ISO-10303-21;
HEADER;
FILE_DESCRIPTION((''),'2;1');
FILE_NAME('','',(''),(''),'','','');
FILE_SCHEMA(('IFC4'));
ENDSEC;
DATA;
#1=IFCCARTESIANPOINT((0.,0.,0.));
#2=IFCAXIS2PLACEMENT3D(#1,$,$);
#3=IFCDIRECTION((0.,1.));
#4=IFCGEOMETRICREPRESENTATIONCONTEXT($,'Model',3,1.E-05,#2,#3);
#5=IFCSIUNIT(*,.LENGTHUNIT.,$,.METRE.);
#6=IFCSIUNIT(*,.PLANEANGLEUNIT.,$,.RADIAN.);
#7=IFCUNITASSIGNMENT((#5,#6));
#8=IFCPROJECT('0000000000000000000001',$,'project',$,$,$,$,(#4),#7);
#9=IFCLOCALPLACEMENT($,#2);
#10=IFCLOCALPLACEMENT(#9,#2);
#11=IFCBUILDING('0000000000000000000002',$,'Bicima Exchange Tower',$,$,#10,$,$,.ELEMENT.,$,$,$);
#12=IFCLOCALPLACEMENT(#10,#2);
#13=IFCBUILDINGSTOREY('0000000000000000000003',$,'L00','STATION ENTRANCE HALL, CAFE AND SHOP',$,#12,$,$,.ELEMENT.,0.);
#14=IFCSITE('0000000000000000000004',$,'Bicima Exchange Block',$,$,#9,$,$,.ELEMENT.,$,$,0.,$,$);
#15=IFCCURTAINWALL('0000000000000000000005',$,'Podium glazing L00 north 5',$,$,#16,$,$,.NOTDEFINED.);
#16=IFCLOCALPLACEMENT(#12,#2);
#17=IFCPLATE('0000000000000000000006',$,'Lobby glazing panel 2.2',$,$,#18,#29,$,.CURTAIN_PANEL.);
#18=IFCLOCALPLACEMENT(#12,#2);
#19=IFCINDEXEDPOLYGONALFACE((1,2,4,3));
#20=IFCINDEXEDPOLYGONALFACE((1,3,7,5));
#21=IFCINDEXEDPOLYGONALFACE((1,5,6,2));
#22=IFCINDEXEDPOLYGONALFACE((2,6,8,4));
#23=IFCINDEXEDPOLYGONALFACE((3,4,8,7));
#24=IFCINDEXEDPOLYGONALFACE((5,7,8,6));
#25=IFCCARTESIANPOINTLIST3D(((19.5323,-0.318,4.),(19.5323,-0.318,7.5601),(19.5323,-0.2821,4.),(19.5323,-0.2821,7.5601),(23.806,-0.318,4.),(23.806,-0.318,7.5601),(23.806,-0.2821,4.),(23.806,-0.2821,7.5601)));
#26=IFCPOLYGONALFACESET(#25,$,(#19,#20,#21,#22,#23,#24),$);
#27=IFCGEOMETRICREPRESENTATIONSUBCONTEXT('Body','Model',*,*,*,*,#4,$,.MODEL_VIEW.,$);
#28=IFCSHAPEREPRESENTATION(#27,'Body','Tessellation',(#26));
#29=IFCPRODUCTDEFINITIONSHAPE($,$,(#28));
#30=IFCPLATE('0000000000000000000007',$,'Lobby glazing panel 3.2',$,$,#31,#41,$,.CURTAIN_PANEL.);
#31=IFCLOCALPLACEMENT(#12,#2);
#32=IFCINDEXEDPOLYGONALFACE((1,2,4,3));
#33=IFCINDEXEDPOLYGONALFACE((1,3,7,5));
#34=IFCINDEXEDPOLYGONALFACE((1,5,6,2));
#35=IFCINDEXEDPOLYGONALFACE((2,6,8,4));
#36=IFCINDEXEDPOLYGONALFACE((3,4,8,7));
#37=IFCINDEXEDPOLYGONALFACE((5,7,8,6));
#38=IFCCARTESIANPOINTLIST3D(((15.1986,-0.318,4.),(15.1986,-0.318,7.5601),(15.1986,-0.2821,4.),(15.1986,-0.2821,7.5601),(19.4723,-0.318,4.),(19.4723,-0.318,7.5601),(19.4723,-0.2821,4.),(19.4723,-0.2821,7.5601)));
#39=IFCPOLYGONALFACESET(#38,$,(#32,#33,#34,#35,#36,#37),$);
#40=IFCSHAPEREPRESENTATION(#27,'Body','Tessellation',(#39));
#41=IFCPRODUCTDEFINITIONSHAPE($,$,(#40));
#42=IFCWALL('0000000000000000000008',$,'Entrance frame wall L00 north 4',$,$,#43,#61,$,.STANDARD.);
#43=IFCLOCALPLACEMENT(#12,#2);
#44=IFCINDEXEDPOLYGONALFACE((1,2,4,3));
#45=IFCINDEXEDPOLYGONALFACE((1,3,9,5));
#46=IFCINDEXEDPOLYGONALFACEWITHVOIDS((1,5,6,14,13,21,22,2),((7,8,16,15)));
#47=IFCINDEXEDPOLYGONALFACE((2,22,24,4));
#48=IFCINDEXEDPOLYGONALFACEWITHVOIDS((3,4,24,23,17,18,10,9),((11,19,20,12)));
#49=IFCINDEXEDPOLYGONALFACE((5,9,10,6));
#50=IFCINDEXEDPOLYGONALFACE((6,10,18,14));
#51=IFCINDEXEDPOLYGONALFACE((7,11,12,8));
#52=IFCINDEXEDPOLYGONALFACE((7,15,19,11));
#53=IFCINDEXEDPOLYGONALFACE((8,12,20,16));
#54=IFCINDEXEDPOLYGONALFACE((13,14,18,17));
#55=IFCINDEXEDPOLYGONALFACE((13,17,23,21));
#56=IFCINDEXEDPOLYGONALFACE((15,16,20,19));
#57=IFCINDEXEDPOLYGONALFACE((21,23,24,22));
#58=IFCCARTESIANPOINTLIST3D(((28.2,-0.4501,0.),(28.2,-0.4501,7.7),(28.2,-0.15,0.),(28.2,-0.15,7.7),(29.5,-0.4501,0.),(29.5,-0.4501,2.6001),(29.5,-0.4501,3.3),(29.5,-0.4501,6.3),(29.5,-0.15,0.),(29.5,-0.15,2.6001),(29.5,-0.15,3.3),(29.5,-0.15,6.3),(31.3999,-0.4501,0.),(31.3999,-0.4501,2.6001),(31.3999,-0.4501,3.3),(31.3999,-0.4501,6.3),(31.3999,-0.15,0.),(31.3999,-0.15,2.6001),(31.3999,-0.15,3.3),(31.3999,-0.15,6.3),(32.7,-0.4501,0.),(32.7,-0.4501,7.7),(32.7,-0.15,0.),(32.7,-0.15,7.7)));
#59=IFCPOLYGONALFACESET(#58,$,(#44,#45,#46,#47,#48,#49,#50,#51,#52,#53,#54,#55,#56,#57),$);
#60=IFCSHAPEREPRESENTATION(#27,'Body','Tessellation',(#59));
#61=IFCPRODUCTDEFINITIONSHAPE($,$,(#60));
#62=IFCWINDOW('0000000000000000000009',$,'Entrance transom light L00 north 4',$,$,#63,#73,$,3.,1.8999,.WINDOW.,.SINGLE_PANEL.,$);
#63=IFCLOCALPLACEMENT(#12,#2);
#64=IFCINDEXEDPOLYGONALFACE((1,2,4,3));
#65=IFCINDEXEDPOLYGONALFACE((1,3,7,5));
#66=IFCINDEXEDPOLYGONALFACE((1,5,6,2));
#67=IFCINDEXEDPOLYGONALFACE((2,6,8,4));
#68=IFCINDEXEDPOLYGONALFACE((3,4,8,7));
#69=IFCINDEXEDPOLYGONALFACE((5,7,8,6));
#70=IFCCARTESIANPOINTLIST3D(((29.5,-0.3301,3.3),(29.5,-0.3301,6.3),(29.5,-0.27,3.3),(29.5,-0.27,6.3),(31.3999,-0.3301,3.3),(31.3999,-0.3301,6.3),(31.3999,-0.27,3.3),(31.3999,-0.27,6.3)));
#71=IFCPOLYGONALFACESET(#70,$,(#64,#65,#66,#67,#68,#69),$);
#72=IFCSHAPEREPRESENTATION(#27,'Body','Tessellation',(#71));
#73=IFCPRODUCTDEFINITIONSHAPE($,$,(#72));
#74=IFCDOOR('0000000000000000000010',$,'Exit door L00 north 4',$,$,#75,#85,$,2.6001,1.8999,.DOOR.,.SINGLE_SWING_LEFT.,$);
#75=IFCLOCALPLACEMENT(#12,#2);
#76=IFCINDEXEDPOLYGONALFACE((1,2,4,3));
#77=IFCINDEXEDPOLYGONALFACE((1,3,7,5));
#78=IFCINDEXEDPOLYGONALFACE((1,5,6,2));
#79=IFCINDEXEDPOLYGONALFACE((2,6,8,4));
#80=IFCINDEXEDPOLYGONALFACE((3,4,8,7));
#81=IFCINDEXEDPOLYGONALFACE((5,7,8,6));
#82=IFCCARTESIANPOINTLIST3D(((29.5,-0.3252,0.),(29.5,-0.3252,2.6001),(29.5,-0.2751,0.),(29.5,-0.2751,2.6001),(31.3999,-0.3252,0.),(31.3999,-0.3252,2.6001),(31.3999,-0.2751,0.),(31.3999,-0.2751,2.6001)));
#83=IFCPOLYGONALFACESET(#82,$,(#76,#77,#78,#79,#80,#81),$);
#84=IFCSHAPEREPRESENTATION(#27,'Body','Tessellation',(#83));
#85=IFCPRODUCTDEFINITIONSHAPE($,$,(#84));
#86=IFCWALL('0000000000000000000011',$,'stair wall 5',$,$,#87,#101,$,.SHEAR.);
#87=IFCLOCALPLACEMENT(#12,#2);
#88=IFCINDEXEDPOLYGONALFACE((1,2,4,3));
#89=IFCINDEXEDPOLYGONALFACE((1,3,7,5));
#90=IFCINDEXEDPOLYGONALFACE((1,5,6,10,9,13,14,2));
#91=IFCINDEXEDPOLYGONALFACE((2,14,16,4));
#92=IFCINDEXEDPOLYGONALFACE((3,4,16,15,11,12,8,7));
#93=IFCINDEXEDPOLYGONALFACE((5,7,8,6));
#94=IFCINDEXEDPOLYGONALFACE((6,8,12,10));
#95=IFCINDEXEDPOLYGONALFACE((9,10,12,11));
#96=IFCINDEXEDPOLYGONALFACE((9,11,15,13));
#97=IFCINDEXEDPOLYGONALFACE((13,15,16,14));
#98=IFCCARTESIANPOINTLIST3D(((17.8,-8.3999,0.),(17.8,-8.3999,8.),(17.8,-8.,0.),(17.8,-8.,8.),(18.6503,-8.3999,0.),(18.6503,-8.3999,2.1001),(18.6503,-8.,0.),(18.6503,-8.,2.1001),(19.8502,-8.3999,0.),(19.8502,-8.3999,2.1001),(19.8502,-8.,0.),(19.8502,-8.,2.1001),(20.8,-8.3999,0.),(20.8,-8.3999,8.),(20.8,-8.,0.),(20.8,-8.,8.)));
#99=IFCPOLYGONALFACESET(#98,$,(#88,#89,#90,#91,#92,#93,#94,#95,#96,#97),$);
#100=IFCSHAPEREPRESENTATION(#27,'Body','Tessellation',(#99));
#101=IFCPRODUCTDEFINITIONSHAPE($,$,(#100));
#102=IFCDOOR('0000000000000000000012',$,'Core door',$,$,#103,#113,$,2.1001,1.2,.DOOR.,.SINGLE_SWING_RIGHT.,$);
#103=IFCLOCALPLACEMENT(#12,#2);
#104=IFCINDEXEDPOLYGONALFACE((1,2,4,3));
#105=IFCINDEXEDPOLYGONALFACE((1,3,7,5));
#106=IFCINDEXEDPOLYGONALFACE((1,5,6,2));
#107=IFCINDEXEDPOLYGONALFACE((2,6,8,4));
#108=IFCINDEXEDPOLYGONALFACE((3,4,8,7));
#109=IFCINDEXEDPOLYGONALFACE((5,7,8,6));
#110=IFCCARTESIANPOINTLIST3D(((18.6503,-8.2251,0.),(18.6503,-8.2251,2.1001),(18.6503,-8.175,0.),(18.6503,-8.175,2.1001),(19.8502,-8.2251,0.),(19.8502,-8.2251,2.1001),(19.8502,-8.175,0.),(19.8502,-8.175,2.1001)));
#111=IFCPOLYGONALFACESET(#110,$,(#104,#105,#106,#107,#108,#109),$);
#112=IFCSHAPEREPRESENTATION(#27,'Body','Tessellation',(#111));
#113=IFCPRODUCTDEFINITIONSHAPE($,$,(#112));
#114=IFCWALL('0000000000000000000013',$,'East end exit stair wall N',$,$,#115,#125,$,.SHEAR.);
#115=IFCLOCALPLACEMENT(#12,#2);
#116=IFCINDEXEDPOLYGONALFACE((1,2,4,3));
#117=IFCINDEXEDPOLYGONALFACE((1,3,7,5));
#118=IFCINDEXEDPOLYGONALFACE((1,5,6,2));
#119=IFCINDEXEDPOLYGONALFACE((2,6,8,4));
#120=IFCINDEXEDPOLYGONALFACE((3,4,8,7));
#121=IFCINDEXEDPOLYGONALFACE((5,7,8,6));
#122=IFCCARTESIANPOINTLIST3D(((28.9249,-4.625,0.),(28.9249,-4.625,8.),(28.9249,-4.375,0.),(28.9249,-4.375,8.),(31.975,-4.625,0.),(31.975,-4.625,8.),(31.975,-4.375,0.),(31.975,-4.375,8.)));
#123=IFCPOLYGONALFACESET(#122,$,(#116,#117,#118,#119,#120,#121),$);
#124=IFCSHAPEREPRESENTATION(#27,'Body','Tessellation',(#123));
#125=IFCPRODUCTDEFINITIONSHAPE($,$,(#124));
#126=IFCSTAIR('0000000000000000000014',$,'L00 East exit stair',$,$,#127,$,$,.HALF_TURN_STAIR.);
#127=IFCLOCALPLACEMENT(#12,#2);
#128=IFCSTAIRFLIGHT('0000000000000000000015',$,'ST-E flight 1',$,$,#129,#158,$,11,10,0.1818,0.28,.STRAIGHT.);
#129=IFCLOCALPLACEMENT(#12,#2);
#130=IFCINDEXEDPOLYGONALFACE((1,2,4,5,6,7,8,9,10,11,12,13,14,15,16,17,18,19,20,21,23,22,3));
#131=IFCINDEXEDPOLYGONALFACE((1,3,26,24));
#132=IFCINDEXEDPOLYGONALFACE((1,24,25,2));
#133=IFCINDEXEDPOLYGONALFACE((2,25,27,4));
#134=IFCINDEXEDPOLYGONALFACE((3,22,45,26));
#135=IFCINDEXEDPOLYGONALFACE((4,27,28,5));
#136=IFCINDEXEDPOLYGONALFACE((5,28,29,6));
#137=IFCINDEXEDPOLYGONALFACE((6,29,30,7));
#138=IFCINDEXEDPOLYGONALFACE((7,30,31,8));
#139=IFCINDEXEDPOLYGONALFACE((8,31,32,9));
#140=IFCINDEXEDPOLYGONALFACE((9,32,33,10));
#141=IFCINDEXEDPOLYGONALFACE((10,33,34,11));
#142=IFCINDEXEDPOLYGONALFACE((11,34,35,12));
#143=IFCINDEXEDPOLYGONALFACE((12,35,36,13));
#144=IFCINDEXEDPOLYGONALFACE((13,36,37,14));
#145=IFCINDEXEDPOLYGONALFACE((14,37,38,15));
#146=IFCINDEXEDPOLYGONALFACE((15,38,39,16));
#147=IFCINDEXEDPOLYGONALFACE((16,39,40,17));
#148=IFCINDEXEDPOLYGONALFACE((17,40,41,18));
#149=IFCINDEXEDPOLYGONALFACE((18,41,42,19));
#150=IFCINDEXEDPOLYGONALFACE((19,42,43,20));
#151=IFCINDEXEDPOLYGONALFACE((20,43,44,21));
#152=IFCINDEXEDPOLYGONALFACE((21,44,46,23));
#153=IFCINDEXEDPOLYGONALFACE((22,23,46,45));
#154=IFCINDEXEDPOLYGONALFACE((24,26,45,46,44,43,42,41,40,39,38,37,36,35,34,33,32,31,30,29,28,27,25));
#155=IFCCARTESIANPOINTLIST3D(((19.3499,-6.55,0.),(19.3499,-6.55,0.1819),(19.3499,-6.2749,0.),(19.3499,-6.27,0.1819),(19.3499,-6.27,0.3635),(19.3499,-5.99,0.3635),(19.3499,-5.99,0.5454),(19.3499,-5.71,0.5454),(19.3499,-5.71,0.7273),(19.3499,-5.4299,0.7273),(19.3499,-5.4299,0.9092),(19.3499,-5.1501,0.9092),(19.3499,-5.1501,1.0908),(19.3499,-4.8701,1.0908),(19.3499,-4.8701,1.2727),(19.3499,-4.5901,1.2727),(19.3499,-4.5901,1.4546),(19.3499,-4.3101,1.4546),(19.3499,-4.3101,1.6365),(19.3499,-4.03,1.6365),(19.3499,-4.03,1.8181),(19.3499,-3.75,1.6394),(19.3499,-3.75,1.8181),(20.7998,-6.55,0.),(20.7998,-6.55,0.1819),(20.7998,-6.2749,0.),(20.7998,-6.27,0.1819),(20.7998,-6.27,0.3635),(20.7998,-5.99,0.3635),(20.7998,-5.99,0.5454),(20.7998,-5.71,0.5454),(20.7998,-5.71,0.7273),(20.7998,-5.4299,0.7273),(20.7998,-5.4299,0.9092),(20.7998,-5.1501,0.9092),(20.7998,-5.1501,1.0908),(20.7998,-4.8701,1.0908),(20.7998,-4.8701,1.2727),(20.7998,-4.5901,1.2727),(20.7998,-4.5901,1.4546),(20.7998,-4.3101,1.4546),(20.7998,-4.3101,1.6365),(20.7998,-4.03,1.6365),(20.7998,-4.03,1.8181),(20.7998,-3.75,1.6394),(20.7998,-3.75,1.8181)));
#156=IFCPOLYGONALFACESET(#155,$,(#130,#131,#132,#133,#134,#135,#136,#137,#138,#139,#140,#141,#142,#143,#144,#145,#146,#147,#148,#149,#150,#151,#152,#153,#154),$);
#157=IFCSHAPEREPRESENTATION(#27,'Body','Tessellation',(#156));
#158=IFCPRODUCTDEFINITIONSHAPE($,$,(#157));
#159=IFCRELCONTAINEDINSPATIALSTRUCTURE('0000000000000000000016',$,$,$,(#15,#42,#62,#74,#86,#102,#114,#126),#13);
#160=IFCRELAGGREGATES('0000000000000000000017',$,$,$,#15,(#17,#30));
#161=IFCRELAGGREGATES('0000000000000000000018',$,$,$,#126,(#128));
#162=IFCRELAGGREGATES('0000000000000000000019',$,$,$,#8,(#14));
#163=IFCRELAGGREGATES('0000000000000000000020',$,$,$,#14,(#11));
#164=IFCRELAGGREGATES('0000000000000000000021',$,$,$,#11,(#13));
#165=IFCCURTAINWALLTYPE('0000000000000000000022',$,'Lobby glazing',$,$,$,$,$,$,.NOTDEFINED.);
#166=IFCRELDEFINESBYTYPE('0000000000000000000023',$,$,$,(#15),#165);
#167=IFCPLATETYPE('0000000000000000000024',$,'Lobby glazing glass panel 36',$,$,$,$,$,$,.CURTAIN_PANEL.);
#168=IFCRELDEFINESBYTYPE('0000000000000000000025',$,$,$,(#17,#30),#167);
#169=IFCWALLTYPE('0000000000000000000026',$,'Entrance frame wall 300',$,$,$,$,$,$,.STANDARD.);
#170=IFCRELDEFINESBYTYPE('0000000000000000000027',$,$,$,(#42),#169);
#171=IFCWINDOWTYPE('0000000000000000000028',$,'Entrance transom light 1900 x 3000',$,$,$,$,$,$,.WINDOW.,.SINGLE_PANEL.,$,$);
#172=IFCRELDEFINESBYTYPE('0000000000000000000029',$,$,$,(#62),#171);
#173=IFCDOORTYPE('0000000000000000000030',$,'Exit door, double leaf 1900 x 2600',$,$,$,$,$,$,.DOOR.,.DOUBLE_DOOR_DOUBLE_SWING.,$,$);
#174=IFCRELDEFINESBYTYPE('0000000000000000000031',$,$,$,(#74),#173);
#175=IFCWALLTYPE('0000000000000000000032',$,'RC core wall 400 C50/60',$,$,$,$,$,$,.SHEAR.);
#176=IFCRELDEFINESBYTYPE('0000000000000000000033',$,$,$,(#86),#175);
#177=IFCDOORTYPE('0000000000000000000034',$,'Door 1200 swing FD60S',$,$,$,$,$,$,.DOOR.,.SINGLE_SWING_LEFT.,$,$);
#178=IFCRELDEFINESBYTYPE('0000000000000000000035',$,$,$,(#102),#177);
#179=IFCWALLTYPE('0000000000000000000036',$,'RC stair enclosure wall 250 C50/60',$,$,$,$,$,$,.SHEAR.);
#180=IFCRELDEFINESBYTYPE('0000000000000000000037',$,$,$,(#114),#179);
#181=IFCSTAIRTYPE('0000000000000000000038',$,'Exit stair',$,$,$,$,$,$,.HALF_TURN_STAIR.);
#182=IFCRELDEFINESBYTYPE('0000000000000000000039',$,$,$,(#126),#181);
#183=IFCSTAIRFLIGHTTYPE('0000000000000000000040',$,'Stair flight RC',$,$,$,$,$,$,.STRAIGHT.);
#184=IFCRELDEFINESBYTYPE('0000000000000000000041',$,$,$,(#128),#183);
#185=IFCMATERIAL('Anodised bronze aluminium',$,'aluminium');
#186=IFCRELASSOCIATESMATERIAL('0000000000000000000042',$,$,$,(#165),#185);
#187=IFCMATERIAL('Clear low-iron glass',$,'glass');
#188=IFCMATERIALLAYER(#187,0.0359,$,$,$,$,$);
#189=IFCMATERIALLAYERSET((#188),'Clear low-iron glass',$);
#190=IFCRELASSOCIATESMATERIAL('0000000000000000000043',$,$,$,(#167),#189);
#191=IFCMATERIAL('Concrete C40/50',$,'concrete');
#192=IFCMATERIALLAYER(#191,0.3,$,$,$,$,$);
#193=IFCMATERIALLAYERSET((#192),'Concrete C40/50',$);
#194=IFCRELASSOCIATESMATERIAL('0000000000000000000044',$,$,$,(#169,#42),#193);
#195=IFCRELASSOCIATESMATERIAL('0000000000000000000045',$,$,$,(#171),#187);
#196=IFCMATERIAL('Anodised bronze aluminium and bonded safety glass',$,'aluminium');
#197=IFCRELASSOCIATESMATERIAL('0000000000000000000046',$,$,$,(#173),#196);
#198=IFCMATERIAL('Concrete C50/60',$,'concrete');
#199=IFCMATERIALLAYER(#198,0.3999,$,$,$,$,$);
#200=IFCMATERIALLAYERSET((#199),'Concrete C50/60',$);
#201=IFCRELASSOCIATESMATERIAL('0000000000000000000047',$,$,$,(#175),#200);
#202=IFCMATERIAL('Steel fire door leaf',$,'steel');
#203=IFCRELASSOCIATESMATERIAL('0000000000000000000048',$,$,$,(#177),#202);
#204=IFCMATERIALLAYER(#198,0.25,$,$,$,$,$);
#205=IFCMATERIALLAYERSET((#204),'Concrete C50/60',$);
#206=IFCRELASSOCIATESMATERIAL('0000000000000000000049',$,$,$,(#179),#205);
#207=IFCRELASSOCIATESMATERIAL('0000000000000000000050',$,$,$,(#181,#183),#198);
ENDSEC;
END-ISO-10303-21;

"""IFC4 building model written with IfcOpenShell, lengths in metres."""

from ifc_helpers import new_model, si_unit, direction, frame, frame_2d, origin, origin_2d, place, context, subcontext, project, spatial, polyline, rectangle, outline, extrude, material, layer, layer_set, layer_usage, type_object, element, fill, aggregate, save


model = new_model("IFC4")

# Units and contexts
model_context = context("Model", 3, precision=1e-05, world=origin(), true_north=direction((0.0, 1.0)))
body_context = subcontext(model_context, "Body", "Model", "MODEL_VIEW")
ifc_project = project(units=[si_unit("LENGTHUNIT", "METRE"), si_unit("PLANEANGLEUNIT", "RADIAN")], contexts=[model_context])

# Site, building, storey
site_placement = place(None, origin())
site = spatial("IfcSite", under=ifc_project, at=site_placement, Name="Bicima Exchange Block", CompositionType="ELEMENT", RefElevation=0.0)
building_placement = place(site_placement, origin())
building = spatial("IfcBuilding", under=site, at=building_placement, Name="Bicima Exchange Tower", CompositionType="ELEMENT")
storey_placement = place(building_placement, origin())
storey = spatial("IfcBuildingStorey", under=building, at=storey_placement, Name="L00", Description="STATION ENTRANCE HALL, CAFE AND SHOP", CompositionType="ELEMENT", Elevation=0.0)

# Curtain wall, plates
ifc_material_1 = material(Name="Anodised bronze aluminium", Category="aluminium")
curtain_wall_type = type_object("IfcCurtainWallType", Name="Lobby glazing", PredefinedType="NOTDEFINED", material=ifc_material_1)
curtain_wall_placement = place(storey_placement, origin())
curtain_wall = element("IfcCurtainWall", 1, at=curtain_wall_placement, inside=storey, type_object=curtain_wall_type, Name="Podium glazing L00 north 5", PredefinedType="NOTDEFINED")
ifc_material_2 = material(Name="Clear low-iron glass", Category="glass")
ifc_layer_1 = layer(ifc_material_2, 0.0359)
ifc_layer_set_1 = layer_set([ifc_layer_1], Name="Clear low-iron glass")
plate_type = type_object("IfcPlateType", Name="Lobby glazing glass panel 36", PredefinedType="CURTAIN_PANEL", material=ifc_layer_set_1)
plate_1_placement = place(storey_placement, frame((21.6692, -0.3, 4.0), z_axis=(0.0, 0.0, 1.0), x_axis=(-1.0, 0.0, 0.0)))
plate_1 = element("IfcPlate", 2, at=plate_1_placement, type_object=plate_type, Name="Lobby glazing panel 2.2", PredefinedType="CURTAIN_PANEL", context=body_context, shape_type="SweptSolid", body=[
    extrude(rectangle(XDim=4.2737, YDim=0.0359, at=origin_2d()), origin(), (0.0, 0.0, 1.0), 3.5601),
])
plate_2_placement = place(storey_placement, frame((17.3354, -0.3, 4.0), z_axis=(0.0, 0.0, 1.0), x_axis=(-1.0, 0.0, 0.0)))
plate_2 = element("IfcPlate", 3, at=plate_2_placement, type_object=plate_type, Name="Lobby glazing panel 3.2", PredefinedType="CURTAIN_PANEL", context=body_context, shape_type="SweptSolid", body=[
    extrude(rectangle(XDim=4.2737, YDim=0.0359, at=origin_2d()), origin(), (0.0, 0.0, 1.0), 3.5601),
])
aggregate(curtain_wall, [plate_1, plate_2])

# Wall, openings, window, door
ifc_material_3 = material(Name="Concrete C40/50", Category="concrete")
ifc_layer_2 = layer(ifc_material_3, 0.3)
ifc_layer_set_2 = layer_set([ifc_layer_2], Name="Concrete C40/50")
ifc_layer_usage = layer_usage(ifc_layer_set_2, "AXIS2", "POSITIVE", -0.15)
wall_type_1 = type_object("IfcWallType", Name="Entrance frame wall 300", PredefinedType="STANDARD", material=ifc_layer_set_2)
wall_1_placement = place(storey_placement, frame((28.2, -0.3, 0.0), z_axis=(0.0, 0.0, 1.0), x_axis=(1.0, 0.0, 0.0)))
wall_1 = element("IfcWall", 4, at=wall_1_placement, inside=storey, type_object=wall_type_1, material=ifc_layer_usage, Name="Entrance frame wall L00 north 4", PredefinedType="STANDARD", context=body_context, shape_type="SweptSolid", body=[
    extrude(rectangle(XDim=4.5, YDim=0.3, at=frame_2d((2.25, 0.0))), origin(), (0.0, 0.0, 1.0), 7.7),
])
opening_1_placement = place(wall_1_placement, frame((1.3, 0.0, 0.0)))
opening_1 = element("IfcOpeningElement", 5, at=opening_1_placement, cuts=wall_1, PredefinedType="OPENING", context=body_context, shape_type="SweptSolid", body=[
    extrude(rectangle(XDim=1.8999, YDim=2.6001, at=frame_2d((0.95, 1.3))), frame((0.0, 0.1621, 0.0), z_axis=(0.0, -1.0, 0.0), x_axis=(1.0, 0.0, 0.0)), (0.0, 0.0, 1.0), 0.324),
])
opening_2_placement = place(wall_1_placement, frame((1.3, 0.0, 3.3)))
opening_2 = element("IfcOpeningElement", 6, at=opening_2_placement, cuts=wall_1, PredefinedType="OPENING", context=body_context, shape_type="SweptSolid", body=[
    extrude(rectangle(XDim=1.8999, YDim=3.0, at=frame_2d((0.95, 1.5))), frame((0.0, 0.1621, 0.0), z_axis=(0.0, -1.0, 0.0), x_axis=(1.0, 0.0, 0.0)), (0.0, 0.0, 1.0), 0.324),
])
window_type = type_object("IfcWindowType", Name="Entrance transom light 1900 x 3000", PartitioningType="SINGLE_PANEL", PredefinedType="WINDOW", material=ifc_material_2)
window_placement = place(opening_2_placement, origin())
window = element("IfcWindow", 7, at=window_placement, inside=storey, type_object=window_type, Name="Entrance transom light L00 north 4", OverallHeight=3.0, OverallWidth=1.8999, PartitioningType="SINGLE_PANEL", PredefinedType="WINDOW", context=body_context, shape_type="SweptSolid", body=[
    extrude(rectangle(XDim=1.8999, YDim=3.0, at=frame_2d((0.95, 1.5))), frame((0.0, 0.03, 0.0), z_axis=(0.0, -1.0, 0.0), x_axis=(1.0, 0.0, 0.0)), (0.0, 0.0, 1.0), 0.0601),
])
fill(opening_2, window)
ifc_material_4 = material(Name="Anodised bronze aluminium and bonded safety glass", Category="aluminium")
door_type_1 = type_object("IfcDoorType", Name="Exit door, double leaf 1900 x 2600", OperationType="DOUBLE_DOOR_DOUBLE_SWING", PredefinedType="DOOR", material=ifc_material_4)
door_1_placement = place(opening_1_placement, origin())
door_1 = element("IfcDoor", 8, at=door_1_placement, inside=storey, type_object=door_type_1, Name="Exit door L00 north 4", OperationType="SINGLE_SWING_LEFT", OverallHeight=2.6001, OverallWidth=1.8999, PredefinedType="DOOR", context=body_context, shape_type="SweptSolid", body=[
    extrude(rectangle(XDim=1.8999, YDim=2.6001, at=frame_2d((0.95, 1.3))), frame((0.0, 0.0249, 0.0), z_axis=(0.0, -1.0, 0.0), x_axis=(1.0, 0.0, 0.0)), (0.0, 0.0, 1.0), 0.05),
])
fill(opening_1, door_1)

# Wall, opening, door
ifc_material_5 = material(Name="Concrete C50/60", Category="concrete")
ifc_layer_3 = layer(ifc_material_5, 0.3999)
ifc_layer_set_3 = layer_set([ifc_layer_3], Name="Concrete C50/60")
wall_type_2 = type_object("IfcWallType", Name="RC core wall 400 C50/60", PredefinedType="SHEAR", material=ifc_layer_set_3)
wall_2_placement = place(storey_placement, frame((17.8, -8.2, 0.0), z_axis=(0.0, 0.0, 1.0), x_axis=(1.0, 0.0, 0.0)))
wall_2 = element("IfcWall", 9, at=wall_2_placement, inside=storey, type_object=wall_type_2, Name="stair wall 5", PredefinedType="SHEAR", context=body_context, shape_type="SweptSolid", body=[
    extrude(rectangle(XDim=3.0, YDim=0.3999, at=frame_2d((1.5, 0.0))), origin(), (0.0, 0.0, 1.0), 8.0),
])
opening_3_placement = place(wall_2_placement, frame((0.8501, 0.0, 0.0)))
opening_3 = element("IfcOpeningElement", 10, at=opening_3_placement, cuts=wall_2, PredefinedType="OPENING", context=body_context, shape_type="SweptSolid", body=[
    extrude(rectangle(XDim=1.2, YDim=2.1001, at=frame_2d((0.6001, 1.05))), frame((0.0, 0.2119, 0.0), z_axis=(0.0, -1.0, 0.0), x_axis=(1.0, 0.0, 0.0)), (0.0, 0.0, 1.0), 0.4238),
])
ifc_material_6 = material(Name="Steel fire door leaf", Category="steel")
door_type_2 = type_object("IfcDoorType", Name="Door 1200 swing FD60S", OperationType="SINGLE_SWING_LEFT", PredefinedType="DOOR", material=ifc_material_6)
door_2_placement = place(opening_3_placement, origin())
door_2 = element("IfcDoor", 11, at=door_2_placement, inside=storey, type_object=door_type_2, Name="Core door", OperationType="SINGLE_SWING_RIGHT", OverallHeight=2.1001, OverallWidth=1.2, PredefinedType="DOOR", context=body_context, shape_type="SweptSolid", body=[
    extrude(rectangle(XDim=1.2, YDim=2.1001, at=frame_2d((0.6001, 1.05))), frame((0.0, 0.0249, 0.0), z_axis=(0.0, -1.0, 0.0), x_axis=(1.0, 0.0, 0.0)), (0.0, 0.0, 1.0), 0.05),
])
fill(opening_3, door_2)

# Wall
ifc_layer_4 = layer(ifc_material_5, 0.25)
ifc_layer_set_4 = layer_set([ifc_layer_4], Name="Concrete C50/60")
wall_type_3 = type_object("IfcWallType", Name="RC stair enclosure wall 250 C50/60", PredefinedType="SHEAR", material=ifc_layer_set_4)
wall_3_placement = place(storey_placement, frame((28.925, -4.5, 0.0), z_axis=(0.0, 0.0, 1.0), x_axis=(1.0, 0.0, 0.0)))
element("IfcWall", 12, at=wall_3_placement, inside=storey, type_object=wall_type_3, Name="East end exit stair wall N", PredefinedType="SHEAR", context=body_context, shape_type="SweptSolid", body=[
    extrude(rectangle(XDim=3.05, YDim=0.25, at=frame_2d((1.5249, 0.0))), origin(), (0.0, 0.0, 1.0), 8.0),
])

# Stair, stair flight
stair_type = type_object("IfcStairType", Name="Exit stair", PredefinedType="HALF_TURN_STAIR", material=ifc_material_5)
stair_placement = place(storey_placement, origin())
stair = element("IfcStair", 13, at=stair_placement, inside=storey, type_object=stair_type, Name="L00 East exit stair", PredefinedType="HALF_TURN_STAIR")
stair_flight_type = type_object("IfcStairFlightType", Name="Stair flight RC", PredefinedType="STRAIGHT", material=ifc_material_5)
stair_flight_1_placement = place(storey_placement, frame((20.075, -6.55, 0.0), z_axis=(0.0, 0.0, 1.0), x_axis=(0.0, 1.0, 0.0)))
stair_flight_1 = element("IfcStairFlight", 14, at=stair_flight_1_placement, type_object=stair_flight_type, Name="ST-E flight 1", NumberOfRisers=11, NumberOfTreads=10, PredefinedType="STRAIGHT", RiserHeight=0.1818, TreadLength=0.28, context=body_context, shape_type="SweptSolid", body=[
    extrude(outline(polyline([(0.0, 0.0), (0.0, 0.1819), (0.28, 0.1819), (0.28, 0.3635), (0.5601, 0.3635), (0.5601, 0.5454), (0.8401, 0.5454), (0.8401, 0.7273), (1.1201, 0.7273), (1.1201, 0.9092), (1.3999, 0.9092), (1.3999, 1.0908), (1.6799, 1.0908), (1.6799, 1.2727), (1.96, 1.2727), (1.96, 1.4546), (2.24, 1.4546), (2.24, 1.6365), (2.52, 1.6365), (2.52, 1.8181), (2.8, 1.8181), (2.8, 2.0), (2.8, 1.6394), (0.2751, 0.0), (0.0, 0.0)])), frame((0.0, 0.7251, 0.0), z_axis=(0.0, -1.0, 0.0), x_axis=(1.0, 0.0, 0.0)), (0.0, 0.0, 1.0), 1.45),
])
aggregate(stair, [stair_flight_1])

save(model, "model.ifc")
